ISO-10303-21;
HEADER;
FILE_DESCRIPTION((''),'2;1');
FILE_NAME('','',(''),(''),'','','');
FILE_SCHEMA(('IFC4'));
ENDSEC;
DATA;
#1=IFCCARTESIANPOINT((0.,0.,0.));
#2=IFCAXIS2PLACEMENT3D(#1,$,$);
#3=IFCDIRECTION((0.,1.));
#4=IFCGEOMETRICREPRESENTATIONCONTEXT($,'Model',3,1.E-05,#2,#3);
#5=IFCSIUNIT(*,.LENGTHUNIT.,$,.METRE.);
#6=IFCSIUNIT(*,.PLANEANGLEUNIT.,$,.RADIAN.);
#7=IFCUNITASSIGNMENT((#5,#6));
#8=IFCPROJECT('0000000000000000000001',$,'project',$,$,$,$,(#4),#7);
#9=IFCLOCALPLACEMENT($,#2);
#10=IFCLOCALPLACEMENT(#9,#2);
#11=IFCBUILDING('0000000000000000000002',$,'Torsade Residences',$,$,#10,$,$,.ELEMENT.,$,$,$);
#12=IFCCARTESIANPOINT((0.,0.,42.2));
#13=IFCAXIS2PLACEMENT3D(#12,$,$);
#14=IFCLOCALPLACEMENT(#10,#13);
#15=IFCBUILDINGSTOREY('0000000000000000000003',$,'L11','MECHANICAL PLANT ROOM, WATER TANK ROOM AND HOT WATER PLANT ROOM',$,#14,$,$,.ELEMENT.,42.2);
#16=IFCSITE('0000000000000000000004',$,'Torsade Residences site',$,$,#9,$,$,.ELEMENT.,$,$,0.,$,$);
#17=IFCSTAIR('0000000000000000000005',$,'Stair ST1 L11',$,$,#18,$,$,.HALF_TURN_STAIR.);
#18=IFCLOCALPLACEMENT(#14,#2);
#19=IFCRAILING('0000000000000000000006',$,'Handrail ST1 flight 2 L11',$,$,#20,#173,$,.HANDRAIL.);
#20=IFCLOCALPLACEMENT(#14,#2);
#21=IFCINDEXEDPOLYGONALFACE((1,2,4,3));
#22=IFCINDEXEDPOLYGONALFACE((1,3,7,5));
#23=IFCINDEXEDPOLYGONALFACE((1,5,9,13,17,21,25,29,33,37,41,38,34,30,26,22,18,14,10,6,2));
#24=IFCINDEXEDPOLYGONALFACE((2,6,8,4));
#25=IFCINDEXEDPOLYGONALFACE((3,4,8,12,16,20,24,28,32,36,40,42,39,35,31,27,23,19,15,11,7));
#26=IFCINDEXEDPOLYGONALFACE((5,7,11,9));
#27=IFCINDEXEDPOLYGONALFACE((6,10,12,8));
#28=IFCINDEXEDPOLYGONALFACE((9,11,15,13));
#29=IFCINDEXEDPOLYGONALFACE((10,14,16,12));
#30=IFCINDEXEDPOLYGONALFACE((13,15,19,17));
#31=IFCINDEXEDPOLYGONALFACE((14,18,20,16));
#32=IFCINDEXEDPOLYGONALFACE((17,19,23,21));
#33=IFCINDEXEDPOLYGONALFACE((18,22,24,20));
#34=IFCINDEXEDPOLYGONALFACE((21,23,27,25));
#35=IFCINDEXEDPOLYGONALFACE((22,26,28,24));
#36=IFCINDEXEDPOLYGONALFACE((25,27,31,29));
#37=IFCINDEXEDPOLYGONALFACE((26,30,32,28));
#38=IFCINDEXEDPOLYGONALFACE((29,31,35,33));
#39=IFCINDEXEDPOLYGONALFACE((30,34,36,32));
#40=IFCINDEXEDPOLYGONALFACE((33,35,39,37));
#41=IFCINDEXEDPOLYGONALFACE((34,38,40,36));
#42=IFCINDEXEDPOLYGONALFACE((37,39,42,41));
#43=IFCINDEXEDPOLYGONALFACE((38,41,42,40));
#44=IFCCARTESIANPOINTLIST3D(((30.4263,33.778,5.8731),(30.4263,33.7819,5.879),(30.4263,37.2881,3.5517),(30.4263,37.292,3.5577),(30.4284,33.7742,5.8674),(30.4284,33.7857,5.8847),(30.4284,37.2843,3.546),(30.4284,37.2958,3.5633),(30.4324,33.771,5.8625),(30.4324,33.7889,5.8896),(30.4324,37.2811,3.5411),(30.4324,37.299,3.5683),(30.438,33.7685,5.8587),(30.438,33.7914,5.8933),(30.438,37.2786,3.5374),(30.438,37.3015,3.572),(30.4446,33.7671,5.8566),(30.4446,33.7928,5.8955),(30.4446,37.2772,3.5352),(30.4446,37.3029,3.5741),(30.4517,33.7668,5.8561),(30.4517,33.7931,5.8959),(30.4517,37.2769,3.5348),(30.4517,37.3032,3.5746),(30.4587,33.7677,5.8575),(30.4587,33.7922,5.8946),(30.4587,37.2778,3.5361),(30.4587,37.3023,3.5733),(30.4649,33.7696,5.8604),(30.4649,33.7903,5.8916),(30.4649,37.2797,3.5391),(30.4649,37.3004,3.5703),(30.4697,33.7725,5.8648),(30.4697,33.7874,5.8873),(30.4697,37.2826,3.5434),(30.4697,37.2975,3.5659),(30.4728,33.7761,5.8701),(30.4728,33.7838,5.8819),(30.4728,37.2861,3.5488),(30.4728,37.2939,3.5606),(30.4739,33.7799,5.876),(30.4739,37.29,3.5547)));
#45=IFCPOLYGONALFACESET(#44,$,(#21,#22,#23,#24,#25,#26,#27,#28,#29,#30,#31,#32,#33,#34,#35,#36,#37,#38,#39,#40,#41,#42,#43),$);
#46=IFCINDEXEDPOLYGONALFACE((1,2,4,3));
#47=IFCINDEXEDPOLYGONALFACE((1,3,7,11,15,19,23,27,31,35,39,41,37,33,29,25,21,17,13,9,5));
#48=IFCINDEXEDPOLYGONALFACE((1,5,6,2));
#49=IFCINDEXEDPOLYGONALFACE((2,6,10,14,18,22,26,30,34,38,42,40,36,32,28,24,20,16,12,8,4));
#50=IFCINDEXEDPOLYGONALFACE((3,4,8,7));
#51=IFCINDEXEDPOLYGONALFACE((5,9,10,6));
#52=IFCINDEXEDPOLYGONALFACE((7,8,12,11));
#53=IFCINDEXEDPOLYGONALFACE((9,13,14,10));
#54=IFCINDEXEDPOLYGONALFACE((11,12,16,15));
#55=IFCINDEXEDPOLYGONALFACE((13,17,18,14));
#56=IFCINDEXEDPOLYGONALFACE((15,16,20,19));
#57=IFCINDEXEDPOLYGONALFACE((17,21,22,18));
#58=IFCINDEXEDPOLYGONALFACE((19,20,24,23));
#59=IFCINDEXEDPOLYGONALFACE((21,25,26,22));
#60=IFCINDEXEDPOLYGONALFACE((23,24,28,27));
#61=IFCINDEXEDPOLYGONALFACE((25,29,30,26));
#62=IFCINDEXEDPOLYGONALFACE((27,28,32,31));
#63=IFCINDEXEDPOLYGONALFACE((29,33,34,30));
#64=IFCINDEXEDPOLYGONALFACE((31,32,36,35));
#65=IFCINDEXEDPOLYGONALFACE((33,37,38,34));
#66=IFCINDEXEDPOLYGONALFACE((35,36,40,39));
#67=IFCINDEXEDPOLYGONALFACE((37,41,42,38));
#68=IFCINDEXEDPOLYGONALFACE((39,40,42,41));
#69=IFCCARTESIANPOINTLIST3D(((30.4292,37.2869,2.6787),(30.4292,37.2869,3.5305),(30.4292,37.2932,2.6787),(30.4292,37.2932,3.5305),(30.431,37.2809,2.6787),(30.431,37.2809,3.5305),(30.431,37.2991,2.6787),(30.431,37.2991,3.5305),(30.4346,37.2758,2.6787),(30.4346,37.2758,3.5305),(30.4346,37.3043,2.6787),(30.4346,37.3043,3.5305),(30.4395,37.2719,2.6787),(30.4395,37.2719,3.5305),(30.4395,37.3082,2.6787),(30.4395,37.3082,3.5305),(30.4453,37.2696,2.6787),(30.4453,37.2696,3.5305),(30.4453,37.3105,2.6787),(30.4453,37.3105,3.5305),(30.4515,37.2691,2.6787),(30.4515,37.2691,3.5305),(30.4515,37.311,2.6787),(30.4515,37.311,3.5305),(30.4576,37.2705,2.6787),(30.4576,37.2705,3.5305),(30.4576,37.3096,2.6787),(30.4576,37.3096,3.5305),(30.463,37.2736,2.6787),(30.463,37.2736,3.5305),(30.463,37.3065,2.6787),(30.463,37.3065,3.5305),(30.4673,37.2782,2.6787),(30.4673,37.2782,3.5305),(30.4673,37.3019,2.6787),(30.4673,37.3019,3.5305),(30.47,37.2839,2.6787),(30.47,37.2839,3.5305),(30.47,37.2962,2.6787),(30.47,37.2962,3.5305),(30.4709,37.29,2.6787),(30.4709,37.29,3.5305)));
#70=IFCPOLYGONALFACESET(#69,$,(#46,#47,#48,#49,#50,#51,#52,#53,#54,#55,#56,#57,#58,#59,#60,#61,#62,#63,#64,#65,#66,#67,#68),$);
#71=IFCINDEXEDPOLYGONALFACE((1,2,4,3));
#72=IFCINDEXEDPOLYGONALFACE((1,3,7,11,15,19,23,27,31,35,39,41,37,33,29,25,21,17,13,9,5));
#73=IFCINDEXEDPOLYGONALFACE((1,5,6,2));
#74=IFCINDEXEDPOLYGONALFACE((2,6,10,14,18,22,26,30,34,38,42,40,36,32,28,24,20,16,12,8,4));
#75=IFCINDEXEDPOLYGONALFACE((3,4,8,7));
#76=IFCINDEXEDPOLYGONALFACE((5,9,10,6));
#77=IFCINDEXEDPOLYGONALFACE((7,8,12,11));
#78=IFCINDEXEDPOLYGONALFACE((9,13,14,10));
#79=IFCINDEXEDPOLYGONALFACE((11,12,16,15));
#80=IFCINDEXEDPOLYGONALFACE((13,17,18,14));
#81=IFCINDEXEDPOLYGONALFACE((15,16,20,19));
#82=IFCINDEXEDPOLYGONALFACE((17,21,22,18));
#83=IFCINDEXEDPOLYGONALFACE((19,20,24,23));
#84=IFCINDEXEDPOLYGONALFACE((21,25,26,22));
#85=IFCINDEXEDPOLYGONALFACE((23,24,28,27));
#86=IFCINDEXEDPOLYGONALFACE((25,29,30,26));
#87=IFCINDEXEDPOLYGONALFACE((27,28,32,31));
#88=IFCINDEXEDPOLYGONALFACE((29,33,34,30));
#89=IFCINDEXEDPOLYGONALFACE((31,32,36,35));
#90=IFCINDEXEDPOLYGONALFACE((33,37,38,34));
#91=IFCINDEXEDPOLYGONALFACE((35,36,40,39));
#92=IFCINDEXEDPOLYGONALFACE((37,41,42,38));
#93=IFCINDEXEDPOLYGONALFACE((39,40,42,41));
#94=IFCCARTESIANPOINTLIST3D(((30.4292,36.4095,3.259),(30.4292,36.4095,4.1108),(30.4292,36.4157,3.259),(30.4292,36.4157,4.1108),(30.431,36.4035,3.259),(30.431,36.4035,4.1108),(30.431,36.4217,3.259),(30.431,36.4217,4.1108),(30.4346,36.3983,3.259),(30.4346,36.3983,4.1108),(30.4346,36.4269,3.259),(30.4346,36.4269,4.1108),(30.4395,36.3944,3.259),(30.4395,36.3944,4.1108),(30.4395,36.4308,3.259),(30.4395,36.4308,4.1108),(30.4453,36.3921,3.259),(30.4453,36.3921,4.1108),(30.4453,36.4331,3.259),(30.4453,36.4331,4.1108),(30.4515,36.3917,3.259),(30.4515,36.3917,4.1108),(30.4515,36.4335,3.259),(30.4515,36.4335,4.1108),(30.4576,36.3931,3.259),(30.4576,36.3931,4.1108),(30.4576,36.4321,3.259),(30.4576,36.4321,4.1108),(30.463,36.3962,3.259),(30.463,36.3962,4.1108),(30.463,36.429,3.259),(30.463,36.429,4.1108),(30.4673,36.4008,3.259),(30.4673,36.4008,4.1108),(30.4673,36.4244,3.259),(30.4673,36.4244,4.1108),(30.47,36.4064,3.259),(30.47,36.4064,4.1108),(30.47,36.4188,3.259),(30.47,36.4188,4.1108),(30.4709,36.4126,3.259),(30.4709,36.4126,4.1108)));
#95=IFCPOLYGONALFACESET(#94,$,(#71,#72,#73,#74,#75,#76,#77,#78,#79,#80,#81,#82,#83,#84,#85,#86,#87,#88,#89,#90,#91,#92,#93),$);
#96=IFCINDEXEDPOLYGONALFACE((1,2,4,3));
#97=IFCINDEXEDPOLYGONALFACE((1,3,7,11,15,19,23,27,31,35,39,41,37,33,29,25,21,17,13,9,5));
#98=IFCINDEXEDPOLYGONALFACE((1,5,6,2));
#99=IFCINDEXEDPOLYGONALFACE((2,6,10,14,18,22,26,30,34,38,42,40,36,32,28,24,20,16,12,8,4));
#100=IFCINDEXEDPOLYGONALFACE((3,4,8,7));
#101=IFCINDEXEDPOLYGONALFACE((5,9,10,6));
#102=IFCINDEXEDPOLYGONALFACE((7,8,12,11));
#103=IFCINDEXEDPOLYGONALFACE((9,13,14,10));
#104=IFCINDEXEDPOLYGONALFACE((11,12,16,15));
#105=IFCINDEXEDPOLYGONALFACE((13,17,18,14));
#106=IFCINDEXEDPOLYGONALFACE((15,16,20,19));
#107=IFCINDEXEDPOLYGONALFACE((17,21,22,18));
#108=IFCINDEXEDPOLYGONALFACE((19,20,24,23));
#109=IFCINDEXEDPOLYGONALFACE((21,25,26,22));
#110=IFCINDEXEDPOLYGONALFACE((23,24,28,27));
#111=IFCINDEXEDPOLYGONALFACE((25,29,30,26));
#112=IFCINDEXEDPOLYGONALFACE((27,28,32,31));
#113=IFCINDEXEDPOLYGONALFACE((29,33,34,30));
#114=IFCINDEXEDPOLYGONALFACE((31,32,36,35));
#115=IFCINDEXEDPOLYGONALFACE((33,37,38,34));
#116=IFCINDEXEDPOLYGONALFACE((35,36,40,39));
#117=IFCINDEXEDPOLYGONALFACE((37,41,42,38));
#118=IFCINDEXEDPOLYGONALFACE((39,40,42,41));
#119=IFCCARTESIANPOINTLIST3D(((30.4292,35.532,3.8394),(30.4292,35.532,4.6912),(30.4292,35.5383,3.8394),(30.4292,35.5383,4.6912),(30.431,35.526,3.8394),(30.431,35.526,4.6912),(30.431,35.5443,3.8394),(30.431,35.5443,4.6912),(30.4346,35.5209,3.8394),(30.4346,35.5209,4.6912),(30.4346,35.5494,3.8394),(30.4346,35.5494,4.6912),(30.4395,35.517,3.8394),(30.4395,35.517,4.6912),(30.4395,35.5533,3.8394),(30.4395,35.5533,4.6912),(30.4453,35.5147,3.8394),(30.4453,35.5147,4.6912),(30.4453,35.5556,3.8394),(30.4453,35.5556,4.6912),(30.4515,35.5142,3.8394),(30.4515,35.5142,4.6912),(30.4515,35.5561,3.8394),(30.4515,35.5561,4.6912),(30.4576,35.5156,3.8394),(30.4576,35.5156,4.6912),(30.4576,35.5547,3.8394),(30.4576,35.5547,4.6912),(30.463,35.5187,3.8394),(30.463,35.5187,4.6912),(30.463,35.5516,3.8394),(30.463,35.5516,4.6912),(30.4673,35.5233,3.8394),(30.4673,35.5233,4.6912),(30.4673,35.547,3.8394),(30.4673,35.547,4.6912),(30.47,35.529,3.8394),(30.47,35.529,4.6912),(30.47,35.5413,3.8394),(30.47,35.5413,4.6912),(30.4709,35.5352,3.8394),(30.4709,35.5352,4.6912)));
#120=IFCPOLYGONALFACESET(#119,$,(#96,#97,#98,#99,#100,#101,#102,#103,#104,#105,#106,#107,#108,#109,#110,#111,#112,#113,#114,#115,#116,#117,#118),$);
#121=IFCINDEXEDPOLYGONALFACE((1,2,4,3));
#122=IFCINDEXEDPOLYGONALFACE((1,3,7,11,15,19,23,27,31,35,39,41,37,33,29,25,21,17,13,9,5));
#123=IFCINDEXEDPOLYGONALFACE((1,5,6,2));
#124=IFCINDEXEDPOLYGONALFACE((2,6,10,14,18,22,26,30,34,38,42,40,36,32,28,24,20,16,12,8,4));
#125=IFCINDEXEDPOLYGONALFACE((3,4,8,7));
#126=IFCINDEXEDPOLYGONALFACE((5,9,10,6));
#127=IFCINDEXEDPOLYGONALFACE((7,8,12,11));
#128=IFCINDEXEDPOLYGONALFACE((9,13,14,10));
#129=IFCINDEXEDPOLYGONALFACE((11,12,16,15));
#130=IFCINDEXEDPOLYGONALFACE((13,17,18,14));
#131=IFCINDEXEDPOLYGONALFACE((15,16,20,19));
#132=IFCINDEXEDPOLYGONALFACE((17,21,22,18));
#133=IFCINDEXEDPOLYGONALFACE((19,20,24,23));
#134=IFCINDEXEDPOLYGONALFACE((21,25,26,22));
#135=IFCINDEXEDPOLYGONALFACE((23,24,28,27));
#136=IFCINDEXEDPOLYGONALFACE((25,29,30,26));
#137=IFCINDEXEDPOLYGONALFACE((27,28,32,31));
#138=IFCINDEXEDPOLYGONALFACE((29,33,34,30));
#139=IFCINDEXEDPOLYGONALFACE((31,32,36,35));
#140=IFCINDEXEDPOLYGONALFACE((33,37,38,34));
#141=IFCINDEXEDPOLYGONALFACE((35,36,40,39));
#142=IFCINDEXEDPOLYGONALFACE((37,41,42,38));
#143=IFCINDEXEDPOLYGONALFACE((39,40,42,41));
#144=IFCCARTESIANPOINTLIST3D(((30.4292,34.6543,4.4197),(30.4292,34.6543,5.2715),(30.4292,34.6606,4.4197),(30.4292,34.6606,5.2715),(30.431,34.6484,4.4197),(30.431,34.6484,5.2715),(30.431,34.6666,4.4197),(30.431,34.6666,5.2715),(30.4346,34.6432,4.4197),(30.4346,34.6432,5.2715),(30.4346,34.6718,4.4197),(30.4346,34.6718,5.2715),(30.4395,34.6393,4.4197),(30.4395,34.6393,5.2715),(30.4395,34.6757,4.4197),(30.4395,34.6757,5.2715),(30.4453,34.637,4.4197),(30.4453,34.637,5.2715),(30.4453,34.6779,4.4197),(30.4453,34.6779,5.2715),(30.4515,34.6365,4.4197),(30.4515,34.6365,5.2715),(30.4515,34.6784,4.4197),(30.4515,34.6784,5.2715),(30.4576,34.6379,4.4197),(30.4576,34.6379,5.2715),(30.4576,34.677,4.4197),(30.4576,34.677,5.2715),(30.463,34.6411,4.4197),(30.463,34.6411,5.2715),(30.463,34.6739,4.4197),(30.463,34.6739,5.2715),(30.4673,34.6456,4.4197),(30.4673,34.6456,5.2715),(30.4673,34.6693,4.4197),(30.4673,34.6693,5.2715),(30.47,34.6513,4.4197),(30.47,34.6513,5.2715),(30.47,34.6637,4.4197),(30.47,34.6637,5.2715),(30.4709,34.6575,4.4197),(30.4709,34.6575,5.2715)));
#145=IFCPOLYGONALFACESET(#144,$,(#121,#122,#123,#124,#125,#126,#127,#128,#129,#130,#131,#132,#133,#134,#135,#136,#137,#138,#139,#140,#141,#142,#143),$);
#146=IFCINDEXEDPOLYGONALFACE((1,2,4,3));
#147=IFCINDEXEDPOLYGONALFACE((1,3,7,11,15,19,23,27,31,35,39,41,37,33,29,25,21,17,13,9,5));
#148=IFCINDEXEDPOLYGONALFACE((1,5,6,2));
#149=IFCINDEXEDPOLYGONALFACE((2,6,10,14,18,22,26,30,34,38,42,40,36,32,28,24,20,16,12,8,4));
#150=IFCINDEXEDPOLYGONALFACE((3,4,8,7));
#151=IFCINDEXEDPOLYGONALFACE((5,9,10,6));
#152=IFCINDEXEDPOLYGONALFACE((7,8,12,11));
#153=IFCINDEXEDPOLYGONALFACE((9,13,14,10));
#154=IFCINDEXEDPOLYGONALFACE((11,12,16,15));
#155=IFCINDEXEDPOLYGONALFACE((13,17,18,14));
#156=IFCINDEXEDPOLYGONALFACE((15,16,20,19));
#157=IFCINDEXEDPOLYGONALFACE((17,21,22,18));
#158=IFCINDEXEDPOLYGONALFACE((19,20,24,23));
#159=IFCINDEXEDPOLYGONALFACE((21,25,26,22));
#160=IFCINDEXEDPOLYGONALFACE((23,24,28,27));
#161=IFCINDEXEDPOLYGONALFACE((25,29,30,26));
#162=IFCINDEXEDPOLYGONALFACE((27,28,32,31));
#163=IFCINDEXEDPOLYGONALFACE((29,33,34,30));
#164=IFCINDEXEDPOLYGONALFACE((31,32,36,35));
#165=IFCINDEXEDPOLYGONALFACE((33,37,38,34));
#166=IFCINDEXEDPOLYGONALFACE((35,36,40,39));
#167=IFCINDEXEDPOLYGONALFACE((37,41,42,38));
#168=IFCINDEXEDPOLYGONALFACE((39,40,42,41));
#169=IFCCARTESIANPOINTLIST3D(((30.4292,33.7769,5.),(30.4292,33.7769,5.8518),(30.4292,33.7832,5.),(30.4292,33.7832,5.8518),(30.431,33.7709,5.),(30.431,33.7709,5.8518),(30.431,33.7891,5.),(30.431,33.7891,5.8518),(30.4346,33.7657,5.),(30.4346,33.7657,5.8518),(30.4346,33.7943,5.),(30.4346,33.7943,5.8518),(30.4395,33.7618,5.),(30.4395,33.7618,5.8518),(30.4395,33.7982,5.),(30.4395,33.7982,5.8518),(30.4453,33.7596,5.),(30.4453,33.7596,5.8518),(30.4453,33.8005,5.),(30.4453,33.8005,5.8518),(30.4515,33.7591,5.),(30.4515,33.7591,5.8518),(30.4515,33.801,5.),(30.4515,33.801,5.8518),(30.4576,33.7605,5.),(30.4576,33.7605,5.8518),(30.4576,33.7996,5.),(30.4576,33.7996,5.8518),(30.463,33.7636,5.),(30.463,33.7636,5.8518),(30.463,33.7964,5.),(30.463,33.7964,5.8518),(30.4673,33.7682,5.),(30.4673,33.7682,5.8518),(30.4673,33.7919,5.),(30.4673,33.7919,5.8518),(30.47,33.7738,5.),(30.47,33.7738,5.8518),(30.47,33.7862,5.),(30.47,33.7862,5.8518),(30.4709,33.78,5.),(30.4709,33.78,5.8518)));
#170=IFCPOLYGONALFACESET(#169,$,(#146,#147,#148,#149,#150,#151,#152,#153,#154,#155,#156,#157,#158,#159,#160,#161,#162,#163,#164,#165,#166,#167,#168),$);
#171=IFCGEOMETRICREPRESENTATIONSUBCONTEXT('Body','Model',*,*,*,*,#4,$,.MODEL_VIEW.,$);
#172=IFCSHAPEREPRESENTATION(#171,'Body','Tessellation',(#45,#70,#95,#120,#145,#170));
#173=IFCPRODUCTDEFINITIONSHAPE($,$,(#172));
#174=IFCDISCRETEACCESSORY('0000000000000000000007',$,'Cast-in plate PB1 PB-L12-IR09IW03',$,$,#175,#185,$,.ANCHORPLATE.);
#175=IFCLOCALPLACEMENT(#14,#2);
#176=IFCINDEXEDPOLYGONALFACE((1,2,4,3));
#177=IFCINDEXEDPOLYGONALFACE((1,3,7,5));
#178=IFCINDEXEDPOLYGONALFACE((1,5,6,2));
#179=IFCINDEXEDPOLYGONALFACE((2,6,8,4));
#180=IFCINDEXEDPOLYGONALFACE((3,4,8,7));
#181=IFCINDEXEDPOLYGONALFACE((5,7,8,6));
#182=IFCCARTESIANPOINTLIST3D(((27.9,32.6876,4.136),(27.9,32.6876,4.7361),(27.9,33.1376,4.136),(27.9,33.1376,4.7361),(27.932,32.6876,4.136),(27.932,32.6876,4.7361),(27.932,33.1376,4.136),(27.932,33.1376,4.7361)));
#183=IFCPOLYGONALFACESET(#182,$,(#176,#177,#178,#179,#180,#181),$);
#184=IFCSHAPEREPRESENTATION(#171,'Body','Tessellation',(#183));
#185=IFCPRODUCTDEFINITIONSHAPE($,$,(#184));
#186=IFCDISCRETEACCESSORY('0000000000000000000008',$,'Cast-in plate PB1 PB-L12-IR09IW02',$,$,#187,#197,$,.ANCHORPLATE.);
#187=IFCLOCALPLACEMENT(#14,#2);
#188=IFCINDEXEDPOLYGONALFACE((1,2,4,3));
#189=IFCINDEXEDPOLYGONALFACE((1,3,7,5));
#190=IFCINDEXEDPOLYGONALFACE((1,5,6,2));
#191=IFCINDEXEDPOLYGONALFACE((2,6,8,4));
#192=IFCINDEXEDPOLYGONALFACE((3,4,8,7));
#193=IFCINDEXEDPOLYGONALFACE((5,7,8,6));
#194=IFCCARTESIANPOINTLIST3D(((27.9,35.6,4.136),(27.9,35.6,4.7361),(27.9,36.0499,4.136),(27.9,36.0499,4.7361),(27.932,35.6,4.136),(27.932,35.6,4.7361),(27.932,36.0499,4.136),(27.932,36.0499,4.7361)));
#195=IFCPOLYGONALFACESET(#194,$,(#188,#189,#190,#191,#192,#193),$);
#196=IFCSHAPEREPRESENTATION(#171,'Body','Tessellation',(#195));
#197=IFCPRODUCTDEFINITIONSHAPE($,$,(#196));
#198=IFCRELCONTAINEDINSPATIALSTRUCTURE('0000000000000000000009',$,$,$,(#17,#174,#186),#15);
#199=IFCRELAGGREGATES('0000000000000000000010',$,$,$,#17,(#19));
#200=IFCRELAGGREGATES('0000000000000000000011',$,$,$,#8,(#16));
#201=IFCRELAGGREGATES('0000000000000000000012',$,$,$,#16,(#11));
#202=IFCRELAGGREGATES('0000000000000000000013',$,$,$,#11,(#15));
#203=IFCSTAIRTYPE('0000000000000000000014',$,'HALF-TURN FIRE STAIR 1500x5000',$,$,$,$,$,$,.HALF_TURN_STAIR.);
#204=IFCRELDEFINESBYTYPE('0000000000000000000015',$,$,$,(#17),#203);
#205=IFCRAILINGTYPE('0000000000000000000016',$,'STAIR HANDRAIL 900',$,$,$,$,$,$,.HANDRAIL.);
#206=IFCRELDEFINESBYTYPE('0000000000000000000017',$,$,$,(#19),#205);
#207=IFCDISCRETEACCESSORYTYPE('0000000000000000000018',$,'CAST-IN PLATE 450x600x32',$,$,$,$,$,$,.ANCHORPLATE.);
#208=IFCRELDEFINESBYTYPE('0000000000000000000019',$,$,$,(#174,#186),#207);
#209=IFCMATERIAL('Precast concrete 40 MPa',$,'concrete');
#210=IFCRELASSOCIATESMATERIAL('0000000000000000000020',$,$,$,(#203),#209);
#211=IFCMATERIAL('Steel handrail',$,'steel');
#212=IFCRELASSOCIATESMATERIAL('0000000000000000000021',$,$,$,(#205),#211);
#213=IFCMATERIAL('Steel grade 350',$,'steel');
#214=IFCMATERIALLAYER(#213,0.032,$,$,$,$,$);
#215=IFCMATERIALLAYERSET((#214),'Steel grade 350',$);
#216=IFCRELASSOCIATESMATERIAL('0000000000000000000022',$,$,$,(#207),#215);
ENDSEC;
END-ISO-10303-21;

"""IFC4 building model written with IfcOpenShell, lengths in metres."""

from ifc_helpers import new_model, si_unit, direction, frame, origin, origin_2d, place, context, subcontext, project, spatial, rectangle, circle, extrude, material, layer, layer_set, type_object, element, aggregate, save


model = new_model("IFC4")

# Units and contexts
model_context = context("Model", 3, precision=1e-05, world=origin(), true_north=direction((0.0, 1.0)))
body_context = subcontext(model_context, "Body", "Model", "MODEL_VIEW")
ifc_project = project(units=[si_unit("LENGTHUNIT", "METRE"), si_unit("PLANEANGLEUNIT", "RADIAN")], contexts=[model_context])

# Site, building, storey
site_placement = place(None, origin())
site = spatial("IfcSite", under=ifc_project, at=site_placement, Name="Torsade Residences site", CompositionType="ELEMENT", RefElevation=0.0)
building_placement = place(site_placement, origin())
building = spatial("IfcBuilding", under=site, at=building_placement, Name="Torsade Residences", CompositionType="ELEMENT")
storey_placement = place(building_placement, frame((0.0, 0.0, 42.2)))
storey = spatial("IfcBuildingStorey", under=building, at=storey_placement, Name="L11", Description="MECHANICAL PLANT ROOM, WATER TANK ROOM AND HOT WATER PLANT ROOM", CompositionType="ELEMENT", Elevation=42.2)

# Stair, railing
ifc_material_1 = material(Name="Precast concrete 40 MPa", Category="concrete")
stair_type = type_object("IfcStairType", Name="HALF-TURN FIRE STAIR 1500x5000", PredefinedType="HALF_TURN_STAIR", material=ifc_material_1)
stair_placement = place(storey_placement, origin())
stair = element("IfcStair", 1, at=stair_placement, inside=storey, type_object=stair_type, Name="Stair ST1 L11", PredefinedType="HALF_TURN_STAIR")
ifc_material_2 = material(Name="Steel handrail", Category="steel")
railing_type = type_object("IfcRailingType", Name="STAIR HANDRAIL 900", PredefinedType="HANDRAIL", material=ifc_material_2)
railing_1_placement = place(storey_placement, frame((30.45, 37.29, 2.6787)))
railing_1 = element("IfcRailing", 2, at=railing_1_placement, type_object=railing_type, Name="Handrail ST1 flight 2 L11", PredefinedType="HANDRAIL", context=body_context, shape_type="SweptSolid", body=[
    extrude(circle(Radius=0.0239, at=origin_2d()), frame((0.0, 0.0, 0.876), z_axis=(0.0, -0.834097, 0.551617), x_axis=(1.0, 0.0, 0.0)), (0.0, 0.0, 1.0), 4.2083),
    extrude(circle(Radius=0.021, at=origin_2d()), origin(), (0.0, 0.0, 1.0), 0.8518),
    extrude(circle(Radius=0.021, at=origin_2d()), frame((0.0, -0.8774, 0.5803)), (0.0, 0.0, 1.0), 0.8518),
    extrude(circle(Radius=0.021, at=origin_2d()), frame((0.0, -1.7549, 1.1606)), (0.0, 0.0, 1.0), 0.8518),
    extrude(circle(Radius=0.021, at=origin_2d()), frame((0.0, -2.6326, 1.741)), (0.0, 0.0, 1.0), 0.8518),
    extrude(circle(Radius=0.021, at=origin_2d()), frame((0.0, -3.51, 2.3213)), (0.0, 0.0, 1.0), 0.8518),
])
aggregate(stair, [railing_1])

# Discrete accessories
ifc_material_3 = material(Name="Steel grade 350", Category="steel")
ifc_layer_1 = layer(ifc_material_3, 0.032)
ifc_layer_set_1 = layer_set([ifc_layer_1], Name="Steel grade 350")
discrete_accessory_type = type_object("IfcDiscreteAccessoryType", Name="CAST-IN PLATE 450x600x32", PredefinedType="ANCHORPLATE", material=ifc_layer_set_1)
for number, where, z_axis, x_axis, name in (
    (3, (27.916, 32.9126, 4.136), (0.0, 0.0, 1.0), (1.0, 0.0, 0.0), "Cast-in plate PB1 PB-L12-IR09IW03"),
    (4, (27.916, 35.825, 4.136), (0.0, 0.0, 1.0), (1.0, 0.0, 0.0), "Cast-in plate PB1 PB-L12-IR09IW02"),
):
    element("IfcDiscreteAccessory", number, at=place(storey_placement, frame(where, z_axis=z_axis, x_axis=x_axis)), inside=storey, type_object=discrete_accessory_type, Name=name, PredefinedType="ANCHORPLATE", context=body_context, shape_type="SweptSolid", body=[
        extrude(rectangle(XDim=0.032, YDim=0.45, at=origin_2d()), origin(), (0.0, 0.0, 1.0), 0.6001),
    ])

save(model, "model.ifc")
